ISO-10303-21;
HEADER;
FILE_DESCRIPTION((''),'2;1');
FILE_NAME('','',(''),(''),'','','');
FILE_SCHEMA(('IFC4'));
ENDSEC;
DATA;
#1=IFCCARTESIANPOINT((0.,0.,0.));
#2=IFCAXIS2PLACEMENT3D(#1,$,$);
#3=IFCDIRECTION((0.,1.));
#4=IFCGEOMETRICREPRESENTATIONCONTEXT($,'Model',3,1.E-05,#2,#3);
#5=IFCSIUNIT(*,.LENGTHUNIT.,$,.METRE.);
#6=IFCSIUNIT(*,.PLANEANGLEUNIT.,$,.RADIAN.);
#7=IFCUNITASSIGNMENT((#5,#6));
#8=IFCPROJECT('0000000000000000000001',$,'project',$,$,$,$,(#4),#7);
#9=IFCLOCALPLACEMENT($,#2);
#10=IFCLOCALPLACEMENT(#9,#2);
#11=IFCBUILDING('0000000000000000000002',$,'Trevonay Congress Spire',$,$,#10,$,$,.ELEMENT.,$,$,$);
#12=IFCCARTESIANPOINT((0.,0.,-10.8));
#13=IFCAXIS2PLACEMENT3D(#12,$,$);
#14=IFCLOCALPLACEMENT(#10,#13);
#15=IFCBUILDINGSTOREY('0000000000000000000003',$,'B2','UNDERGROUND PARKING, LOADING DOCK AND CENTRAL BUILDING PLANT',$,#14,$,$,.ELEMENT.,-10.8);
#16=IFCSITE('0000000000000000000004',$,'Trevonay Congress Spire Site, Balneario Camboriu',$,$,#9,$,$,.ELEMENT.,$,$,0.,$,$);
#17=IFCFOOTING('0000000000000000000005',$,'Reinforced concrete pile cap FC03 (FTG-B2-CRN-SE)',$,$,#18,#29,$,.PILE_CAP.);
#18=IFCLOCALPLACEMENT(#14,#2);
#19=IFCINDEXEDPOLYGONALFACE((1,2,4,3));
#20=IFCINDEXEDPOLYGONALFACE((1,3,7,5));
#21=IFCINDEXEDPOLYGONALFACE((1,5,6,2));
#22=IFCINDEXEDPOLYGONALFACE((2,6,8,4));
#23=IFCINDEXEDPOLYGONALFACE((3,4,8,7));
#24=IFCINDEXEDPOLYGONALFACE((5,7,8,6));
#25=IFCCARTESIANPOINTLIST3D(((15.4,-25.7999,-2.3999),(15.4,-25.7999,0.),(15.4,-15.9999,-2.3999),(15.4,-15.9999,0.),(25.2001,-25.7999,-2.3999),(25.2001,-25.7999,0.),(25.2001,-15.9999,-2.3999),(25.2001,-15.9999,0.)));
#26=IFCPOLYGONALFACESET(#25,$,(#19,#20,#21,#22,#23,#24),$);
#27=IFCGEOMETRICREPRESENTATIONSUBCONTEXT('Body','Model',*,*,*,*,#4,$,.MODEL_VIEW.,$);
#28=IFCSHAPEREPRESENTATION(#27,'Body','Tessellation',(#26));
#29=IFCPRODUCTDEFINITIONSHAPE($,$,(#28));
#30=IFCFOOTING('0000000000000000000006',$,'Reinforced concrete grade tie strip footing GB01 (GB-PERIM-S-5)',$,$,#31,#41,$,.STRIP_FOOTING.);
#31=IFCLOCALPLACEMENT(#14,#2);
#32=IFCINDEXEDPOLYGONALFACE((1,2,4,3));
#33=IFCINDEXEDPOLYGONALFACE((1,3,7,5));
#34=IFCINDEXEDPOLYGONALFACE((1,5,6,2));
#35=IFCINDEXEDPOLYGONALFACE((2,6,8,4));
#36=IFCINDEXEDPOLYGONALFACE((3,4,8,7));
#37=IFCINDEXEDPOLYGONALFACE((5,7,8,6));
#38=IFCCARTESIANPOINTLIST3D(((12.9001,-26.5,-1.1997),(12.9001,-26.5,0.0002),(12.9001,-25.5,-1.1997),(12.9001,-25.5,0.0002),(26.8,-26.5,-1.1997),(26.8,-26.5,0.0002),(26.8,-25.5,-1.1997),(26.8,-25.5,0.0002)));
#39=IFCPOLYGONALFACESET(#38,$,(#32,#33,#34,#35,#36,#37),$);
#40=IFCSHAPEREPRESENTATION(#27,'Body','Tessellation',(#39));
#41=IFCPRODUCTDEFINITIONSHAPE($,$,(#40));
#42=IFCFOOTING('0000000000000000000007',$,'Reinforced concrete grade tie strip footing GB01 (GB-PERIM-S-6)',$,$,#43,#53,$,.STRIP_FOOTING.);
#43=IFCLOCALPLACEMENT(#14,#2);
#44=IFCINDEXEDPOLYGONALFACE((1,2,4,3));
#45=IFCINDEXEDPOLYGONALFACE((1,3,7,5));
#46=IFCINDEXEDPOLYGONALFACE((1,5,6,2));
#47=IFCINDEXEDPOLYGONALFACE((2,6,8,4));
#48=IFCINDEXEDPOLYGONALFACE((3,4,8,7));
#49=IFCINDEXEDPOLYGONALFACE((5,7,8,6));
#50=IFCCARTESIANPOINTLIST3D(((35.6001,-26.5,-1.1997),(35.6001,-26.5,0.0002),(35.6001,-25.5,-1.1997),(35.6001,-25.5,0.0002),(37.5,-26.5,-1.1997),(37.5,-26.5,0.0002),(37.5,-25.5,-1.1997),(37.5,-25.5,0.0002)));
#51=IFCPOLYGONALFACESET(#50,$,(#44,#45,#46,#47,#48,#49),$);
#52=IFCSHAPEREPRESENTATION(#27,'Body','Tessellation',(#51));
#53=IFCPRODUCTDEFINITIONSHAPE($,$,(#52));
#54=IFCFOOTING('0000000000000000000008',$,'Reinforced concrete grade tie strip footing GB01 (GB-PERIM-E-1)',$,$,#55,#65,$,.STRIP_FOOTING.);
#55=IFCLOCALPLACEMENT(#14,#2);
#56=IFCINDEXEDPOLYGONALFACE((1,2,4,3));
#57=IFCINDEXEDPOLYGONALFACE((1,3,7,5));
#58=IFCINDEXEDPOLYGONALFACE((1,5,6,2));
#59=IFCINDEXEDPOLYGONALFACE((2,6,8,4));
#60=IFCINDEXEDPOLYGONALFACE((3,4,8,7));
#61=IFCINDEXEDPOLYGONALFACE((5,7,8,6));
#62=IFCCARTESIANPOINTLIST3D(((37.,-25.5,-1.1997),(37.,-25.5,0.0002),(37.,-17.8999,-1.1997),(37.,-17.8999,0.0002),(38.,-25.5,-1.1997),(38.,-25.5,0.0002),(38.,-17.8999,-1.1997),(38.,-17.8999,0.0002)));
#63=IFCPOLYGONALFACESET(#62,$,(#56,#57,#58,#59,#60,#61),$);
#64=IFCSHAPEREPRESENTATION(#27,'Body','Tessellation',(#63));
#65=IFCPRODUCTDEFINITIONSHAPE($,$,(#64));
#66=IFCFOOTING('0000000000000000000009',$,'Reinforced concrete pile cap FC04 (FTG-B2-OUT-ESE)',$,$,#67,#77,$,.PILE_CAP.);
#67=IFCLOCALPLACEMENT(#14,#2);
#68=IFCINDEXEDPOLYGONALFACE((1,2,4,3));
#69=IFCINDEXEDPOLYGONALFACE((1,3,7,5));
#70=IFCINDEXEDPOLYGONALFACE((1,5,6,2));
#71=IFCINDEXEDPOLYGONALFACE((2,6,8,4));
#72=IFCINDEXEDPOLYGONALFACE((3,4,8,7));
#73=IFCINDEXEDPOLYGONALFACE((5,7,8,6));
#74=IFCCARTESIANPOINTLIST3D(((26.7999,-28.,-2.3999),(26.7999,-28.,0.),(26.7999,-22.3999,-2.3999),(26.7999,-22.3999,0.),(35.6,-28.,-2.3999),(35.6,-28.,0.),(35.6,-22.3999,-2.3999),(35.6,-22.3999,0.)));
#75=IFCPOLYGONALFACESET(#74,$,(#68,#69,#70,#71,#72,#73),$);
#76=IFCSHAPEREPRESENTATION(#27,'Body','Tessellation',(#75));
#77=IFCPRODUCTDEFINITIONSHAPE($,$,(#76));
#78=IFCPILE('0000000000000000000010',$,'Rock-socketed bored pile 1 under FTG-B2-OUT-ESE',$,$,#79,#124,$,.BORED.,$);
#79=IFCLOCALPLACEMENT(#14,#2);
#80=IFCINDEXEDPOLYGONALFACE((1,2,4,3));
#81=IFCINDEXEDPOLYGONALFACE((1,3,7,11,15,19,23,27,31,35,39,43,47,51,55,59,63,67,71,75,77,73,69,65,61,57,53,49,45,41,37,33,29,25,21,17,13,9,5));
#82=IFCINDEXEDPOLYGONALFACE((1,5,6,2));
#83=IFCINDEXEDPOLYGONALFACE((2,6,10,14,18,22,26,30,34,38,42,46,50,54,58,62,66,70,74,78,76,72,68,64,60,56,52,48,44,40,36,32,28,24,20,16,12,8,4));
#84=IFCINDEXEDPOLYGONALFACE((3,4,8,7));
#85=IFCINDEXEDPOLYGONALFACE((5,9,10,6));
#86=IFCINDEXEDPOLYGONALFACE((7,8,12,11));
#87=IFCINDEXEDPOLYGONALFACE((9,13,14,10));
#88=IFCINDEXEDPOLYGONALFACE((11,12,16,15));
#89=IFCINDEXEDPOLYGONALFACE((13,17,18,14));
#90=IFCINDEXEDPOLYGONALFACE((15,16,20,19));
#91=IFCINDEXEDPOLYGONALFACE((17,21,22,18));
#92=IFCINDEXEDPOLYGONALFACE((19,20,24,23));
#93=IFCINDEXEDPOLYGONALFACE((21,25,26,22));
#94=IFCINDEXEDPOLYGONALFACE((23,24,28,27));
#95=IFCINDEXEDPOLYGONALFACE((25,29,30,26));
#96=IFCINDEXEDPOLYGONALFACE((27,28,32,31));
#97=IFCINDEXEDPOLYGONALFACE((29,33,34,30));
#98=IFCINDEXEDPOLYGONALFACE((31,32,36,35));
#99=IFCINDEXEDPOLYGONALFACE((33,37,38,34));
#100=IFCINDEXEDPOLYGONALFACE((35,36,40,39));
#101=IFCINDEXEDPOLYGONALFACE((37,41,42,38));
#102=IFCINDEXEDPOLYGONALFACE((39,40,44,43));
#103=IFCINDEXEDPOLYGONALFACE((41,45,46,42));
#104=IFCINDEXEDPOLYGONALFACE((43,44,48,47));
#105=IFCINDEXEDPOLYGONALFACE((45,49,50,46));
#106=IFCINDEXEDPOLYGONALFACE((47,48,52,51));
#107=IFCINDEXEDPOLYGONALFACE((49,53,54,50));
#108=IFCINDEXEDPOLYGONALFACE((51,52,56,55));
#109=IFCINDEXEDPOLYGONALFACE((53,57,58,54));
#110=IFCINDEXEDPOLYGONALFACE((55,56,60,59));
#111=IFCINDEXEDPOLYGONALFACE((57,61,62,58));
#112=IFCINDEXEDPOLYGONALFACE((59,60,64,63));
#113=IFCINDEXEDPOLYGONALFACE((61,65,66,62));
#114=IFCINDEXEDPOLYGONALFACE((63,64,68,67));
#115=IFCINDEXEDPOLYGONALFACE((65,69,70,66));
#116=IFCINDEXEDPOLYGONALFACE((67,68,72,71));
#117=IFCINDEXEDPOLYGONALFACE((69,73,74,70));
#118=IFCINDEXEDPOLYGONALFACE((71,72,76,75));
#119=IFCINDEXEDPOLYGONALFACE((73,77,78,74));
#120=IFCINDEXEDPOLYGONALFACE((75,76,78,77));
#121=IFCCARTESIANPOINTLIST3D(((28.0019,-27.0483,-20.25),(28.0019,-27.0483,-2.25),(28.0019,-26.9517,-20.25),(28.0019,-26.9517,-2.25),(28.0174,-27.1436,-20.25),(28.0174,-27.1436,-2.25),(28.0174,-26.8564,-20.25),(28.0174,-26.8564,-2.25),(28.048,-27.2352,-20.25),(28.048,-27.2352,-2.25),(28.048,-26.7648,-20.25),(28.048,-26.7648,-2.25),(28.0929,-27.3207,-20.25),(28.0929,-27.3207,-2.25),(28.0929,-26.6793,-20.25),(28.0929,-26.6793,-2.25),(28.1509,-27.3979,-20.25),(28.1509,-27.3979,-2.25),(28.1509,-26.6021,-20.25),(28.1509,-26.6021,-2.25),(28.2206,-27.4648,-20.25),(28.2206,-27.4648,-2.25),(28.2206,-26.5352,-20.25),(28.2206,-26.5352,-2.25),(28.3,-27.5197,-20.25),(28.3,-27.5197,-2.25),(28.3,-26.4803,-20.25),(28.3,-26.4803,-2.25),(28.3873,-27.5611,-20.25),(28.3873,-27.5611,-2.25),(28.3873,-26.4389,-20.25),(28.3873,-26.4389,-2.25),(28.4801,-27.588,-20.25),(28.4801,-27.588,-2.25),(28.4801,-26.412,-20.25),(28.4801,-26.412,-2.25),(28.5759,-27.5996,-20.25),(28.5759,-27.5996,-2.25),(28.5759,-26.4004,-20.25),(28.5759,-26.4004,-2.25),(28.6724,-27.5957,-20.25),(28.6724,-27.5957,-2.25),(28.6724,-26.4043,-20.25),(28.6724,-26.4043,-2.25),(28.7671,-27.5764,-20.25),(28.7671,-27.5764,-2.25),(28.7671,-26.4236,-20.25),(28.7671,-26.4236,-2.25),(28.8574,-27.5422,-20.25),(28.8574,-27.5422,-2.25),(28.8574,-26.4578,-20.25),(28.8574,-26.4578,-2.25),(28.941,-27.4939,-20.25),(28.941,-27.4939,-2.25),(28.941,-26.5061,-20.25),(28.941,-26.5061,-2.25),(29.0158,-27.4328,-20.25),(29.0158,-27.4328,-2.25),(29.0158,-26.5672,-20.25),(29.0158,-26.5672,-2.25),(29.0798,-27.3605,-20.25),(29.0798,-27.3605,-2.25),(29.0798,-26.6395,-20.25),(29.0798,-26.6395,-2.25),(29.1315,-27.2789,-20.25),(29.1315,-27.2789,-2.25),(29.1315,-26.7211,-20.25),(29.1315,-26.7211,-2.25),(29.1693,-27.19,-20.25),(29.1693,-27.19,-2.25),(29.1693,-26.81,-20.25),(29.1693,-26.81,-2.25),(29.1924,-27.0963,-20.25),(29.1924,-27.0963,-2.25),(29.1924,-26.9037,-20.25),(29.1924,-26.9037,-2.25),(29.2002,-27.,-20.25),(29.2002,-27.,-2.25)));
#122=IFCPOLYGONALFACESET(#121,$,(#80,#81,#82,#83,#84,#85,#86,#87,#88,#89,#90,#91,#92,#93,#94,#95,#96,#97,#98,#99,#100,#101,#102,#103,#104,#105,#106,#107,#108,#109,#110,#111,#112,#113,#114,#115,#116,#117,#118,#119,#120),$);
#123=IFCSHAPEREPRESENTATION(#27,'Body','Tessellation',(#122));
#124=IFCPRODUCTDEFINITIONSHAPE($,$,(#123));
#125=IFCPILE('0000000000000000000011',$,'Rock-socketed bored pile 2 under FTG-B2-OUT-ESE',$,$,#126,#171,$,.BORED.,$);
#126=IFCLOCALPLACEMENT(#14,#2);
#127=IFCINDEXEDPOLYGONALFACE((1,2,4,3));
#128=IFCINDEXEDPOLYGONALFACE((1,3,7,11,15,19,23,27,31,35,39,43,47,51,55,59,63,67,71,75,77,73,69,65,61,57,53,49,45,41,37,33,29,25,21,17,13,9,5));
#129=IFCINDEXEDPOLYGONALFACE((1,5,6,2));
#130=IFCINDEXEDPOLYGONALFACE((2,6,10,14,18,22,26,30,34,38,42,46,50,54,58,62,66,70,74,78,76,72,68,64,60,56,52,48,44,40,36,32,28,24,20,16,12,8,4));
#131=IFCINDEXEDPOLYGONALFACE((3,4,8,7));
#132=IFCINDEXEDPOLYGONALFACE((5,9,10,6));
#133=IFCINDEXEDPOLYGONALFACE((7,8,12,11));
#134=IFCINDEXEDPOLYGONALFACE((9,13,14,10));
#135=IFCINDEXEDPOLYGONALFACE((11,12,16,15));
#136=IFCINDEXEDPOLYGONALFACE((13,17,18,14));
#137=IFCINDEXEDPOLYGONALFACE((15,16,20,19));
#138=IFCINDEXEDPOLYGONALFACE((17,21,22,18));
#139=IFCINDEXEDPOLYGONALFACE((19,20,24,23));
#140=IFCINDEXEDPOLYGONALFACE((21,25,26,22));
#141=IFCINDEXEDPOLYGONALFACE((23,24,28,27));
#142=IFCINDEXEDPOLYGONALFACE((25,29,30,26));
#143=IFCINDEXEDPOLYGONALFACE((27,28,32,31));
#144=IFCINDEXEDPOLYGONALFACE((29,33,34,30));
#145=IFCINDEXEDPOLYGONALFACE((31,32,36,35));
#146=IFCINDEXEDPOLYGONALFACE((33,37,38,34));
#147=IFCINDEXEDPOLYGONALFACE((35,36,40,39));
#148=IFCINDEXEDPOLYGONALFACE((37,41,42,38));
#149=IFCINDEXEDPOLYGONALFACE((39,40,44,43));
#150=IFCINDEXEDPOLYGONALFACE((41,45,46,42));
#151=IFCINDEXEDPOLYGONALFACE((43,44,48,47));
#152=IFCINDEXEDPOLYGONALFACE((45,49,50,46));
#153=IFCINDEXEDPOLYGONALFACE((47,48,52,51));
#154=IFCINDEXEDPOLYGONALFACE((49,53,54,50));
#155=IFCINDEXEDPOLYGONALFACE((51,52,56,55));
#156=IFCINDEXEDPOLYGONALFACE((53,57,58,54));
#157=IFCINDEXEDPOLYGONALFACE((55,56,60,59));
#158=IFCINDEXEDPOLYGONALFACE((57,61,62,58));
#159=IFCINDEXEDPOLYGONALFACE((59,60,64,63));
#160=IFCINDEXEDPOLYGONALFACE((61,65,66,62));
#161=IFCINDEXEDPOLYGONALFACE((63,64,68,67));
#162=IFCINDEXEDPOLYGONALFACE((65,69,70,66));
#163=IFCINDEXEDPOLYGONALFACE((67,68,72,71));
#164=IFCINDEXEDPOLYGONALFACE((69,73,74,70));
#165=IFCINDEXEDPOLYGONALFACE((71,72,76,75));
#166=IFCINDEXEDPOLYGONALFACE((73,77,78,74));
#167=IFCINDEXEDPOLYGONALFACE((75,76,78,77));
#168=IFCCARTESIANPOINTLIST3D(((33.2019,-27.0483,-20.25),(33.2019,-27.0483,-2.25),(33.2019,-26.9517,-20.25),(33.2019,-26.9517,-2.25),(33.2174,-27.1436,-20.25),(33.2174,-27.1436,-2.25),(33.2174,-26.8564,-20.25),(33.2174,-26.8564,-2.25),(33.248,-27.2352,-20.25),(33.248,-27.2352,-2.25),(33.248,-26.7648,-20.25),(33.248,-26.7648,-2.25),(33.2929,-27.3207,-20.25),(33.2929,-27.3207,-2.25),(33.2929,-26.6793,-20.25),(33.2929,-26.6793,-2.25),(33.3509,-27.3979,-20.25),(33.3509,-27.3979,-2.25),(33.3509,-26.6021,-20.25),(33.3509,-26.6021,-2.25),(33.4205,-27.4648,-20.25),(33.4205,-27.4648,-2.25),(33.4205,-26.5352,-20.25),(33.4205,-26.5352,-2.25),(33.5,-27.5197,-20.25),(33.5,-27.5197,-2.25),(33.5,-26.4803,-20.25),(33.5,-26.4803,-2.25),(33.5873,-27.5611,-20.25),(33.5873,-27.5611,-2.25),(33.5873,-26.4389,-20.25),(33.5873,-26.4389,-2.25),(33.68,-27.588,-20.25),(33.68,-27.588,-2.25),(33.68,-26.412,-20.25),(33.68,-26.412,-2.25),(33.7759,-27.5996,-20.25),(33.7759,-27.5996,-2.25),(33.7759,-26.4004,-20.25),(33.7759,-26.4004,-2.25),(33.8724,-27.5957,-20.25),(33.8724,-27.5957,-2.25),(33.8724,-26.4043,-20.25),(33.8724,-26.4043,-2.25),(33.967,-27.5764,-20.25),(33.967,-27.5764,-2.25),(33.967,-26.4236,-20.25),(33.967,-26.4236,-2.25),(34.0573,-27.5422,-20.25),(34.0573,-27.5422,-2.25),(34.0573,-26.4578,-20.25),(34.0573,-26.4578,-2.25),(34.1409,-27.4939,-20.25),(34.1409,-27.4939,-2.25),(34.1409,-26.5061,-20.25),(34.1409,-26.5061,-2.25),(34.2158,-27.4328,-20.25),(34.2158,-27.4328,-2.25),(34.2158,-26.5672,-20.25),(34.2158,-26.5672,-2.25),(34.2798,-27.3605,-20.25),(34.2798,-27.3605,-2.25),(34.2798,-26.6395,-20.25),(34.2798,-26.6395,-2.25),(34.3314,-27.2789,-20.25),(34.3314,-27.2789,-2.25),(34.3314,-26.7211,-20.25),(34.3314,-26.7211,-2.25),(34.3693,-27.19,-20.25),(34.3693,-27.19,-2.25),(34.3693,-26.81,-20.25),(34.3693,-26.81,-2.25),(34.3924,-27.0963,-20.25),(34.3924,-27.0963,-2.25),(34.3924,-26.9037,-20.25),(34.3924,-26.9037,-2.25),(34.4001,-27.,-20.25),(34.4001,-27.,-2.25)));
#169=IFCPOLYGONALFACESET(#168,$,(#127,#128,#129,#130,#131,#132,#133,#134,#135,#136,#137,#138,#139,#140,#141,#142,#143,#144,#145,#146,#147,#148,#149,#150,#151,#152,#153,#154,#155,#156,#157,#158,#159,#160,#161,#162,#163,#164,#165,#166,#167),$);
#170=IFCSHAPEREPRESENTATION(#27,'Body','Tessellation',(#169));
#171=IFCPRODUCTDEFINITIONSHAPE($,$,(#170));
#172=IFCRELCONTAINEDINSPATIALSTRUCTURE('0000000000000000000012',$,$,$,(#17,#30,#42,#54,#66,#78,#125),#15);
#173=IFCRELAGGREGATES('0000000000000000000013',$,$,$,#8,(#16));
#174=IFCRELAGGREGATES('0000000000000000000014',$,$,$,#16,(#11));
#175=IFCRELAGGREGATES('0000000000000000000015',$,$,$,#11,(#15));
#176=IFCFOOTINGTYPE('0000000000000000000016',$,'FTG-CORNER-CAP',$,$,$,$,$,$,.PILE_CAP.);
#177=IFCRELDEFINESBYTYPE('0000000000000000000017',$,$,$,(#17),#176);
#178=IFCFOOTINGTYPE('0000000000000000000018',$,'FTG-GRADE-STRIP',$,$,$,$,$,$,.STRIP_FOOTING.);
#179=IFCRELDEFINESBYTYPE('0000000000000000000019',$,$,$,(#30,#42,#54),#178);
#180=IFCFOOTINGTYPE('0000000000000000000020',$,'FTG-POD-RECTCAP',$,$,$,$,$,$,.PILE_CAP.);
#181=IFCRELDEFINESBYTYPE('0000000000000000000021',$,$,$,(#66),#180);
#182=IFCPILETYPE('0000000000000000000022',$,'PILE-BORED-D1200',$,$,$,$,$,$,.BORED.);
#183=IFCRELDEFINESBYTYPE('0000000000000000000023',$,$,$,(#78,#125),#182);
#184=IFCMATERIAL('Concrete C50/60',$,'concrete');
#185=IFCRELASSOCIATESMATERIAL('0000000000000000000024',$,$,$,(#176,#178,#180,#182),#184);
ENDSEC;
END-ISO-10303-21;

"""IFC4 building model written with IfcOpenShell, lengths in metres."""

from ifc_helpers import new_model, si_unit, direction, frame, origin, origin_2d, place, context, subcontext, project, spatial, rectangle, circle, extrude, material, material_profile, profile_set, type_object, element, save


model = new_model("IFC4")

# Units and contexts
model_context = context("Model", 3, precision=1e-05, world=origin(), true_north=direction((0.0, 1.0)))
body_context = subcontext(model_context, "Body", "Model", "MODEL_VIEW")
ifc_project = project(units=[si_unit("LENGTHUNIT", "METRE"), si_unit("PLANEANGLEUNIT", "RADIAN")], contexts=[model_context])

# Site, building, storey
site_placement = place(None, origin())
site = spatial("IfcSite", under=ifc_project, at=site_placement, Name="Trevonay Congress Spire Site, Balneario Camboriu", CompositionType="ELEMENT", RefElevation=0.0)
building_placement = place(site_placement, origin())
building = spatial("IfcBuilding", under=site, at=building_placement, Name="Trevonay Congress Spire", CompositionType="ELEMENT")
storey_placement = place(building_placement, frame((0.0, 0.0, -10.8)))
storey = spatial("IfcBuildingStorey", under=building, at=storey_placement, Name="B2", Description="UNDERGROUND PARKING, LOADING DOCK AND CENTRAL BUILDING PLANT", CompositionType="ELEMENT", Elevation=-10.8)

# Footings
ifc_material_1 = material(Name="Concrete C50/60", Category="concrete")
footing_type_1 = type_object("IfcFootingType", Name="FTG-CORNER-CAP", PredefinedType="PILE_CAP", material=ifc_material_1)
footing_1_placement = place(storey_placement, frame((20.3, -20.8999, -2.3999), z_axis=(0.0, 0.0, 1.0), x_axis=(1.0, 0.0, 0.0)))
element("IfcFooting", 1, at=footing_1_placement, inside=storey, type_object=footing_type_1, Name="Reinforced concrete pile cap FC03 (FTG-B2-CRN-SE)", PredefinedType="PILE_CAP", context=body_context, shape_type="SweptSolid", body=[
    extrude(rectangle(XDim=9.8, YDim=9.8, at=origin_2d()), origin(), (0.0, 0.0, 1.0), 2.3999),
])
footing_type_2 = type_object("IfcFootingType", Name="FTG-GRADE-STRIP", PredefinedType="STRIP_FOOTING", material=ifc_material_1)
footing_2_placement = place(storey_placement, frame((19.8501, -26.0, -1.1997), z_axis=(0.0, 0.0, 1.0), x_axis=(1.0, 0.0, 0.0)))
element("IfcFooting", 2, at=footing_2_placement, inside=storey, type_object=footing_type_2, Name="Reinforced concrete grade tie strip footing GB01 (GB-PERIM-S-5)", PredefinedType="STRIP_FOOTING", context=body_context, shape_type="SweptSolid", body=[
    extrude(rectangle(XDim=13.8999, YDim=1.0, at=origin_2d()), origin(), (0.0, 0.0, 1.0), 1.2),
])
footing_3_placement = place(storey_placement, frame((36.55, -26.0, -1.1997), z_axis=(0.0, 0.0, 1.0), x_axis=(1.0, 0.0, 0.0)))
element("IfcFooting", 3, at=footing_3_placement, inside=storey, type_object=footing_type_2, Name="Reinforced concrete grade tie strip footing GB01 (GB-PERIM-S-6)", PredefinedType="STRIP_FOOTING", context=body_context, shape_type="SweptSolid", body=[
    extrude(rectangle(XDim=1.8999, YDim=1.0, at=origin_2d()), origin(), (0.0, 0.0, 1.0), 1.2),
])
footing_4_placement = place(storey_placement, frame((37.5, -21.7, -1.1997), z_axis=(0.0, 0.0, 1.0), x_axis=(0.0, 1.0, 0.0)))
element("IfcFooting", 4, at=footing_4_placement, inside=storey, type_object=footing_type_2, Name="Reinforced concrete grade tie strip footing GB01 (GB-PERIM-E-1)", PredefinedType="STRIP_FOOTING", context=body_context, shape_type="SweptSolid", body=[
    extrude(rectangle(XDim=7.6001, YDim=1.0, at=origin_2d()), origin(), (0.0, 0.0, 1.0), 1.2),
])
footing_type_3 = type_object("IfcFootingType", Name="FTG-POD-RECTCAP", PredefinedType="PILE_CAP", material=ifc_material_1)
footing_5_placement = place(storey_placement, frame((31.2, -25.2, -2.3999), z_axis=(0.0, 0.0, 1.0), x_axis=(1.0, 0.0, 0.0)))
element("IfcFooting", 5, at=footing_5_placement, inside=storey, type_object=footing_type_3, Name="Reinforced concrete pile cap FC04 (FTG-B2-OUT-ESE)", PredefinedType="PILE_CAP", context=body_context, shape_type="SweptSolid", body=[
    extrude(rectangle(XDim=8.8, YDim=5.6001, at=origin_2d()), origin(), (0.0, 0.0, 1.0), 2.3999),
])

# Piles
ifc_material_profile_1 = material_profile(ifc_material_1, circle(Radius=0.6001, at=origin_2d()), Name="PILE D1200")
ifc_profile_set_1 = profile_set([ifc_material_profile_1], Name="Concrete C50/60")
pile_type_1 = type_object("IfcPileType", Name="PILE-BORED-D1200", PredefinedType="BORED", material=ifc_profile_set_1)
for number, where, z_axis, x_axis, name in (
    (6, (28.6001, -27.0, -2.25), (0.0, 0.0, -1.0), (1.0, 0.0, 0.0), "Rock-socketed bored pile 1 under FTG-B2-OUT-ESE"),
    (7, (33.8, -27.0, -2.25), (0.0, 0.0, -1.0), (1.0, 0.0, 0.0), "Rock-socketed bored pile 2 under FTG-B2-OUT-ESE"),
):
    element("IfcPile", number, at=place(storey_placement, frame(where, z_axis=z_axis, x_axis=x_axis)), inside=storey, type_object=pile_type_1, Name=name, PredefinedType="BORED", context=body_context, shape_type="SweptSolid", body=[
        extrude(circle(Radius=0.6001, at=origin_2d()), origin(), (0.0, 0.0, 1.0), 18.0),
    ])

save(model, "model.ifc")
